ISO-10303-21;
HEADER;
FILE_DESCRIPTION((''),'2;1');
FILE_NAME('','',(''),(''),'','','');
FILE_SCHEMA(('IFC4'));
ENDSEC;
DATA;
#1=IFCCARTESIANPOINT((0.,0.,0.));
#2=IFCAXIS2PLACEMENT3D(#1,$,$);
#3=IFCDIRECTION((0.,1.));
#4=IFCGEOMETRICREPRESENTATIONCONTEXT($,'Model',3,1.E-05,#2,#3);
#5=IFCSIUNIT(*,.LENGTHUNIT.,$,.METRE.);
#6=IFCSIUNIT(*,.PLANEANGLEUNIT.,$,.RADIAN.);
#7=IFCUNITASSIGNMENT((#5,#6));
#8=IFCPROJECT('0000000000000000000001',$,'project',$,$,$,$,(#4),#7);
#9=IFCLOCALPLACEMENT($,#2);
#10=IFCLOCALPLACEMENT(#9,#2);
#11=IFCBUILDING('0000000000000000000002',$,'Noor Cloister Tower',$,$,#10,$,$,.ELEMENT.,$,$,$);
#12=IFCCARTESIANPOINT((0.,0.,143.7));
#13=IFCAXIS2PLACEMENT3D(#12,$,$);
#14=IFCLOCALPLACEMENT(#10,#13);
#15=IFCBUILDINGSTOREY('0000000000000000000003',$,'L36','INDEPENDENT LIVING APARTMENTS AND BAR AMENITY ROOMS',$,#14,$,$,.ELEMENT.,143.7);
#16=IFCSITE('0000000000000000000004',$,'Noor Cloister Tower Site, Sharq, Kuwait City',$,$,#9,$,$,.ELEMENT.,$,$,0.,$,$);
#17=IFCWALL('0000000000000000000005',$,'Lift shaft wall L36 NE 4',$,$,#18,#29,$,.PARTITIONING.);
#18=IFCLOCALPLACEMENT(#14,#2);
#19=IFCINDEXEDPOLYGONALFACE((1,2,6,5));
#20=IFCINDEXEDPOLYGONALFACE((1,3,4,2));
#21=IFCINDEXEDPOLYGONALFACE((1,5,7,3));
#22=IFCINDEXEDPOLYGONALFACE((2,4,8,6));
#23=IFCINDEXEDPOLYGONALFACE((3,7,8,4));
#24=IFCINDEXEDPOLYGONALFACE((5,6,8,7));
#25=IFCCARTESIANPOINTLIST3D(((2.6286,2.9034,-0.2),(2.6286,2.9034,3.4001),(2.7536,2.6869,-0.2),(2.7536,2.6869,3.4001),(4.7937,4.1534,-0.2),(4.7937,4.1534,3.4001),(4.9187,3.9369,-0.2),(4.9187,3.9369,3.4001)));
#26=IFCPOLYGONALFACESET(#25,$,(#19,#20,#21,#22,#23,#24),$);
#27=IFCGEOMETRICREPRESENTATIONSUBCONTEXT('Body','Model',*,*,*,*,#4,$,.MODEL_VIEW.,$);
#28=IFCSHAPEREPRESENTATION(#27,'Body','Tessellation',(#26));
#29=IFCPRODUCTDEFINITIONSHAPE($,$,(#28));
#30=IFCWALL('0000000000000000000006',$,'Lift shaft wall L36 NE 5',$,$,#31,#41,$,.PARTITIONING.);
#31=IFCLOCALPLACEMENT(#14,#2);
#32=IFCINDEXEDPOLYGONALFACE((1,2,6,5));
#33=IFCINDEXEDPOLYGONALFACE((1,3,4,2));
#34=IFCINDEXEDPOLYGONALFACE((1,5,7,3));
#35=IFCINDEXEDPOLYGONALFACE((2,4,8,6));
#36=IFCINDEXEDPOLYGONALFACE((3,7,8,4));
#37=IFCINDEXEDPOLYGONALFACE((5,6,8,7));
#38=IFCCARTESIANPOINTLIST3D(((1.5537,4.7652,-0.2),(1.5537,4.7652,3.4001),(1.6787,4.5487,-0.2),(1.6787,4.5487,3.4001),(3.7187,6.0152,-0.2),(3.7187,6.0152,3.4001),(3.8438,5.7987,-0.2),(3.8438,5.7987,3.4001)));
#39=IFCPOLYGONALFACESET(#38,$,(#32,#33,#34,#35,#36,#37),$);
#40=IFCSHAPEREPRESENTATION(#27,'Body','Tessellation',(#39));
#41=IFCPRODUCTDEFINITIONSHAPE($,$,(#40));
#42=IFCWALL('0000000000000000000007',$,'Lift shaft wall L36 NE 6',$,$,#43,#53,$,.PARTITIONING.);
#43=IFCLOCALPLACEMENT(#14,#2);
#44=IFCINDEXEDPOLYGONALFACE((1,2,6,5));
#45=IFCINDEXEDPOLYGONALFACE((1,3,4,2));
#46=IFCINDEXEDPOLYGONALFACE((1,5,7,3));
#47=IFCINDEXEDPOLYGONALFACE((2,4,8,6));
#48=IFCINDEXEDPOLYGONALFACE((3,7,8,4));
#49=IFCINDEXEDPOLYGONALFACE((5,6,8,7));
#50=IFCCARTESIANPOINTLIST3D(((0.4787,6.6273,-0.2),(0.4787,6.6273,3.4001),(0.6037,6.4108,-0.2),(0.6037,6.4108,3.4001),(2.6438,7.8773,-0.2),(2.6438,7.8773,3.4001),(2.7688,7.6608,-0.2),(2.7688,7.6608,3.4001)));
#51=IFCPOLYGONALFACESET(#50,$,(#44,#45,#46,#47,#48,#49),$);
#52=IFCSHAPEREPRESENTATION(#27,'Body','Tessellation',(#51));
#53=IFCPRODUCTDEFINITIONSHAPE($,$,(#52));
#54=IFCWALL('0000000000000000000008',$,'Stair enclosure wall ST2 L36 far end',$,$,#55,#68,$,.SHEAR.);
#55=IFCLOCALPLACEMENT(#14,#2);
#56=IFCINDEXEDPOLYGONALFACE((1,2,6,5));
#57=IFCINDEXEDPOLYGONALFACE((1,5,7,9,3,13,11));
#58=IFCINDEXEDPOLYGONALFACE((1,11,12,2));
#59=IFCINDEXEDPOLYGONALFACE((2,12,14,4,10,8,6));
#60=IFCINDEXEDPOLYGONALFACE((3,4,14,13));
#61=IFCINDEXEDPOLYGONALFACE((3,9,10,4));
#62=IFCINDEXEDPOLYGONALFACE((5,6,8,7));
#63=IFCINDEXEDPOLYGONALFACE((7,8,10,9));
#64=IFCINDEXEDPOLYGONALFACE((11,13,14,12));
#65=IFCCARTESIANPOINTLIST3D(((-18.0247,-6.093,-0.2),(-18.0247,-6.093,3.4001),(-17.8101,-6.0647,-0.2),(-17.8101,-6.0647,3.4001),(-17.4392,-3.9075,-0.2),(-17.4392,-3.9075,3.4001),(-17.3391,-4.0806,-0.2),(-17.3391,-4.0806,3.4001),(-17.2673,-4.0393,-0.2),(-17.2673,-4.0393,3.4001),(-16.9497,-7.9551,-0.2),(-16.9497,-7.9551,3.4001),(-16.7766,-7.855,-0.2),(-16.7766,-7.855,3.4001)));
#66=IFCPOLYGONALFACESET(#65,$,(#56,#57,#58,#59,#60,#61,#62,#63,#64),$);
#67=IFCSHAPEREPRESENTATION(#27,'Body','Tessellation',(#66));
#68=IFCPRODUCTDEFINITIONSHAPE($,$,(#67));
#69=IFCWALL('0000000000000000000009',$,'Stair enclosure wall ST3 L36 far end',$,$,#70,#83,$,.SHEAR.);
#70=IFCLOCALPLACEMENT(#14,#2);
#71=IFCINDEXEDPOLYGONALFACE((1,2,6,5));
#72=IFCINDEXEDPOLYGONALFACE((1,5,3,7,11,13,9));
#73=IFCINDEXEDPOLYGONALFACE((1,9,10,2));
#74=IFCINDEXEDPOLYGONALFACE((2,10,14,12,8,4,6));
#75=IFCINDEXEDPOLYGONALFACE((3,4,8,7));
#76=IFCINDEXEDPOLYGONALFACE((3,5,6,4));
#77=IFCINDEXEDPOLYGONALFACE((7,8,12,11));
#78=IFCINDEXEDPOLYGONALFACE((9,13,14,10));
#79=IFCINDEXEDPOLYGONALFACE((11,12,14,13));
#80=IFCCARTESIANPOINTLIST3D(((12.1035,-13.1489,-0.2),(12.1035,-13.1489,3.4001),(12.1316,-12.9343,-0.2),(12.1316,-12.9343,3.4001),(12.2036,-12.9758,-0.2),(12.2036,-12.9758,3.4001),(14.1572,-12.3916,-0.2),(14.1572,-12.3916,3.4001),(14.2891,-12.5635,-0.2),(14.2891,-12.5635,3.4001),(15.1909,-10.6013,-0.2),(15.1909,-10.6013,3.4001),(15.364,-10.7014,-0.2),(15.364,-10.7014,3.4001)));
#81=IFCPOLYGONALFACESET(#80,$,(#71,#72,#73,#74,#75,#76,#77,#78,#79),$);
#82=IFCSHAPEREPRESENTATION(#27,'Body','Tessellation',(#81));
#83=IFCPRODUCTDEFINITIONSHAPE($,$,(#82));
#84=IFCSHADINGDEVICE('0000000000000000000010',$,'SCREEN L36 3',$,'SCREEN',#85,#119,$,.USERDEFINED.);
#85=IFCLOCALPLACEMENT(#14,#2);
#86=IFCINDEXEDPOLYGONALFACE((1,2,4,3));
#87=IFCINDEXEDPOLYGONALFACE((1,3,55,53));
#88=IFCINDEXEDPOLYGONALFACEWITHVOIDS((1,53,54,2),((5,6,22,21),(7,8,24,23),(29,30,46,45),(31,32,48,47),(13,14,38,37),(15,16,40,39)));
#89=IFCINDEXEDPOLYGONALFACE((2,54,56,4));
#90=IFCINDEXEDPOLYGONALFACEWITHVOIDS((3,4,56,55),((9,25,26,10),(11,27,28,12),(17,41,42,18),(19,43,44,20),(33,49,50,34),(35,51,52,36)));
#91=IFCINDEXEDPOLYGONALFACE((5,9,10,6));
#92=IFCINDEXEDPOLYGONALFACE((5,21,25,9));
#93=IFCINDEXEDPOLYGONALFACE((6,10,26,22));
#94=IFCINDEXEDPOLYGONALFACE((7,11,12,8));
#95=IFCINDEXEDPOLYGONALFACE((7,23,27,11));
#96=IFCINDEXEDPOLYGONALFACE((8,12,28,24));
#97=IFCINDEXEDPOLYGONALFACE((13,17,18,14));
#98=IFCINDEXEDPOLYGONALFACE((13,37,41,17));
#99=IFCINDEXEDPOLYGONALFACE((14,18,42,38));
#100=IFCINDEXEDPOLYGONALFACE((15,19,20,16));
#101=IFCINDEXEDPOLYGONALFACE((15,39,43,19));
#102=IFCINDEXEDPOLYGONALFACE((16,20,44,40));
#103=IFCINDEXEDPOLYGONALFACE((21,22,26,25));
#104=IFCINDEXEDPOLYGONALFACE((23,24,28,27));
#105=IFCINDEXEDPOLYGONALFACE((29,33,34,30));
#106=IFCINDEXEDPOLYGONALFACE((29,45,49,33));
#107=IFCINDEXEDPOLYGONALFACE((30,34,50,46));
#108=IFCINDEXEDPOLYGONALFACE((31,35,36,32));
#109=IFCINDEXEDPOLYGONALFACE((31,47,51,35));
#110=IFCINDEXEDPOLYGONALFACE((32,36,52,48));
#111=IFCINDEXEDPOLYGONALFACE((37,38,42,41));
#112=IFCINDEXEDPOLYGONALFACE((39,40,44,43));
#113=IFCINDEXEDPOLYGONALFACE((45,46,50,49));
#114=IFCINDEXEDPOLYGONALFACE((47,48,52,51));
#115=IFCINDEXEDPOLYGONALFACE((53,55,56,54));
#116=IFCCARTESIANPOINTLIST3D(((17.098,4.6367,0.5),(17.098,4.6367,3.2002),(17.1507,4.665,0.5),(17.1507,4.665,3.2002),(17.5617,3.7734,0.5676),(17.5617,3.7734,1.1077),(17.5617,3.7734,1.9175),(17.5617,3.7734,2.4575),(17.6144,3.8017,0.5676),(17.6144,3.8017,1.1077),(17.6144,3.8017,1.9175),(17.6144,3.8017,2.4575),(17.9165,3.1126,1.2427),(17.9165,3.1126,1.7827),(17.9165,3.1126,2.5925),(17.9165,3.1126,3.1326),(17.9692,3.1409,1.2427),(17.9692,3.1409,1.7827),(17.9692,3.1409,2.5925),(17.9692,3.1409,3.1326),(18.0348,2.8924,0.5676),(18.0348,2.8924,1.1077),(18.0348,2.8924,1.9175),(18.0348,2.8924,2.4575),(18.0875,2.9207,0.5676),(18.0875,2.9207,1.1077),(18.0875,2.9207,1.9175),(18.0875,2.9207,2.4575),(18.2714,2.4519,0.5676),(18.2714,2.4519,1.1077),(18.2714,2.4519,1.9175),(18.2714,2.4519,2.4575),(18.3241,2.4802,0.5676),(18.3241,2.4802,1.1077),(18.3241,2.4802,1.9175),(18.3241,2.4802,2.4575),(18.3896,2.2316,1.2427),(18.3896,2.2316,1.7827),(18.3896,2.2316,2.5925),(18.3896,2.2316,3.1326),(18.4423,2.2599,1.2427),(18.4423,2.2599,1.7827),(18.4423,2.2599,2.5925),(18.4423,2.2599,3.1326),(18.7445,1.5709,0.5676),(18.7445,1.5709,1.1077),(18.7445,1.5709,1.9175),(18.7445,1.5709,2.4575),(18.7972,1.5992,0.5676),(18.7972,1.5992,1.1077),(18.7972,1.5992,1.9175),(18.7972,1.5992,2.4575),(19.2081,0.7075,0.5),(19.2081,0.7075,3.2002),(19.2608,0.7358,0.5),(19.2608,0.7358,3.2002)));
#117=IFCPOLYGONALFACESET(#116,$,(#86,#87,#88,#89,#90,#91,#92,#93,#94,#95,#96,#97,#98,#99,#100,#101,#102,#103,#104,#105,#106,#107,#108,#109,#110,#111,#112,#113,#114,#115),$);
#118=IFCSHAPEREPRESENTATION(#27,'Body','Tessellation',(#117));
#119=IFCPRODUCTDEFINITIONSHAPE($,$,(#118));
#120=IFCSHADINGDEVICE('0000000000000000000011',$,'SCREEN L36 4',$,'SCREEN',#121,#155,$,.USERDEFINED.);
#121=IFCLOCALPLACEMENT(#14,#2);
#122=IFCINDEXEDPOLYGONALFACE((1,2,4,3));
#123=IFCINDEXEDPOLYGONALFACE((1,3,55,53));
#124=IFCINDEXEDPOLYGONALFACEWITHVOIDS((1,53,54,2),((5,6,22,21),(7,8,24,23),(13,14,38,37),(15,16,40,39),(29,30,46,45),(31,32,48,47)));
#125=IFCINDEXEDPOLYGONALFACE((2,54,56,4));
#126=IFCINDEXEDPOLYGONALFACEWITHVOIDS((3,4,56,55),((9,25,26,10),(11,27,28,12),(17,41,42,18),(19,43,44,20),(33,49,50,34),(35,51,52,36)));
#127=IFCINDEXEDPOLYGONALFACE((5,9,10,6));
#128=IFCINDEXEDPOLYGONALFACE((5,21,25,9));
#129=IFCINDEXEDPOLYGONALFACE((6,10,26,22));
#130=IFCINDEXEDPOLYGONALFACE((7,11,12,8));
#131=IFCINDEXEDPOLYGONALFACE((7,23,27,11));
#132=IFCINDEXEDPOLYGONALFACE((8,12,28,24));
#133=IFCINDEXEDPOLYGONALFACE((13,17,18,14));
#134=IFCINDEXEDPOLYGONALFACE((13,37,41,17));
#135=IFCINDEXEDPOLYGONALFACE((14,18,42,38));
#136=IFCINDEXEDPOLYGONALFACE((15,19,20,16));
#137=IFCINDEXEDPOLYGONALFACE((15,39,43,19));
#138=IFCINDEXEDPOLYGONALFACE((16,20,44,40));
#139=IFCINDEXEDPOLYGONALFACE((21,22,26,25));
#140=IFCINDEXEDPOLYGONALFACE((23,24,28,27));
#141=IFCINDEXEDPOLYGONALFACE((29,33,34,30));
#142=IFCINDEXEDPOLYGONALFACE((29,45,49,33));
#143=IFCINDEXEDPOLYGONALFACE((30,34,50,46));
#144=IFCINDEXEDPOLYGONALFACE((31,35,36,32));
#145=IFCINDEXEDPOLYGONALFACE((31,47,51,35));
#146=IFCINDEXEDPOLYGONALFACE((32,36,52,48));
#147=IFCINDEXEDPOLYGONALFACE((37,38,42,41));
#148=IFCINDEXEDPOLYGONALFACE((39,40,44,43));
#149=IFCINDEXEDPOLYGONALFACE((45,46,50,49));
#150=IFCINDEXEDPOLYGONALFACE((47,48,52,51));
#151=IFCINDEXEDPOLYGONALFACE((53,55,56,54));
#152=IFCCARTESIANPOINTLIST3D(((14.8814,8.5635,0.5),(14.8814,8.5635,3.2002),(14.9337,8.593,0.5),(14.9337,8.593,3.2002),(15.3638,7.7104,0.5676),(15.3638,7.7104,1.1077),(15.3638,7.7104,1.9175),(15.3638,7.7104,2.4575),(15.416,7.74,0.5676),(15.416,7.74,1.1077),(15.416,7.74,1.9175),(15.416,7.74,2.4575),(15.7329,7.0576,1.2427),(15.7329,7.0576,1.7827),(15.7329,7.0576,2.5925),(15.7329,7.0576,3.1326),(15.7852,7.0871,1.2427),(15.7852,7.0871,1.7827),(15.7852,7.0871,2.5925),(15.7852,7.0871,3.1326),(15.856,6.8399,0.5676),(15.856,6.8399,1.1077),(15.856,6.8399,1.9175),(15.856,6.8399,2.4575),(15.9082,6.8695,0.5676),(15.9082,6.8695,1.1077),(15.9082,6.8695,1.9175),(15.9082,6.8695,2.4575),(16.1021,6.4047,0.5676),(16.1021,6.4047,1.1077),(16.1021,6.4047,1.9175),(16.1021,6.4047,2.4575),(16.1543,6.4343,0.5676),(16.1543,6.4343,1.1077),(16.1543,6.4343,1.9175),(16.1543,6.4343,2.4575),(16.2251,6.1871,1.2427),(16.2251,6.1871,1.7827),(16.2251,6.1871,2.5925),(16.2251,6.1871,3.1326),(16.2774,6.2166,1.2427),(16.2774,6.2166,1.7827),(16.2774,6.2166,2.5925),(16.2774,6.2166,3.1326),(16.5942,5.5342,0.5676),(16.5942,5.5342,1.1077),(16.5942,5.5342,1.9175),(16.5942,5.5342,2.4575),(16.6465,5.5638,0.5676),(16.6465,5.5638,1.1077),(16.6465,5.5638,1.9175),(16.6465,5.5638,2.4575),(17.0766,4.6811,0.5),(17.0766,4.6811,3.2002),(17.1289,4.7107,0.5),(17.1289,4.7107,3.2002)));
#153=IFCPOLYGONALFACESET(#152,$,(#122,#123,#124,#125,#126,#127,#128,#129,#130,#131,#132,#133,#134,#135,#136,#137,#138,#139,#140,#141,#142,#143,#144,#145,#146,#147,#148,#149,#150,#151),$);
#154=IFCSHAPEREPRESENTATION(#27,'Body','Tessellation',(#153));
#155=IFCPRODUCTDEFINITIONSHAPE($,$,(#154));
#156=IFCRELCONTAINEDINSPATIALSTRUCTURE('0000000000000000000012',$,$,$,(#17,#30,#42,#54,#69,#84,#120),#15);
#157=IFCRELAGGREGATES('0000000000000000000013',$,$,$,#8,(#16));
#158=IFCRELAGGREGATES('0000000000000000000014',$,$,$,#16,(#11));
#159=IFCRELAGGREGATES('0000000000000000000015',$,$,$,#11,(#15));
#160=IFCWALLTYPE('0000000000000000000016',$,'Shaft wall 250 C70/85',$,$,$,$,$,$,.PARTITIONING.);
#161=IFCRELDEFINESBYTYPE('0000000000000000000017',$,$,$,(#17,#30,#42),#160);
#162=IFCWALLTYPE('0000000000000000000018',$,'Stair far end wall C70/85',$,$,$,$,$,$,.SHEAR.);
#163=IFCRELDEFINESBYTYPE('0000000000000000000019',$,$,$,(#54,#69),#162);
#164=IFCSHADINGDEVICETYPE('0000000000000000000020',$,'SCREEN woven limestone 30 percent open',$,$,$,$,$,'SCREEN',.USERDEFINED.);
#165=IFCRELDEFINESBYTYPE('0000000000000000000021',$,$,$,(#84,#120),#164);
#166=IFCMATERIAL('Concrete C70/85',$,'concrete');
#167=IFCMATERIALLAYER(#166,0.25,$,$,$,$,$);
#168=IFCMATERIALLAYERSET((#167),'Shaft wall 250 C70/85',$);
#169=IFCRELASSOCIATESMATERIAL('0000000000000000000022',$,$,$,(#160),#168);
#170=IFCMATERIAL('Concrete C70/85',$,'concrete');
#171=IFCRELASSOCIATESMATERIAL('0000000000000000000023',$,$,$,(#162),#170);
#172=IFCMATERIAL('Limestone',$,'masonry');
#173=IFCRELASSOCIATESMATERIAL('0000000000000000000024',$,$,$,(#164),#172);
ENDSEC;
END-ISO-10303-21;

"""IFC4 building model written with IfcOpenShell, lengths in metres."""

from ifc_helpers import new_model, si_unit, direction, frame, frame_2d, origin, place, context, subcontext, project, spatial, polyline, rectangle, outline, extrude, material, layer, layer_set, material_profile, profile_set, type_object, element, save


model = new_model("IFC4")

# Units and contexts
model_context = context("Model", 3, precision=1e-05, world=origin(), true_north=direction((0.0, 1.0)))
body_context = subcontext(model_context, "Body", "Model", "MODEL_VIEW")
ifc_project = project(units=[si_unit("LENGTHUNIT", "METRE"), si_unit("PLANEANGLEUNIT", "RADIAN")], contexts=[model_context])

# Site, building, storey
site_placement = place(None, origin())
site = spatial("IfcSite", under=ifc_project, at=site_placement, Name="Noor Cloister Tower Site, Sharq, Kuwait City", CompositionType="ELEMENT", RefElevation=0.0)
building_placement = place(site_placement, origin())
building = spatial("IfcBuilding", under=site, at=building_placement, Name="Noor Cloister Tower", CompositionType="ELEMENT")
storey_placement = place(building_placement, frame((0.0, 0.0, 143.7)))
storey = spatial("IfcBuildingStorey", under=building, at=storey_placement, Name="L36", Description="INDEPENDENT LIVING APARTMENTS AND BAR AMENITY ROOMS", CompositionType="ELEMENT", Elevation=143.7)

# Walls
ifc_material_1 = material(Name="Concrete C70/85", Category="concrete")
ifc_layer_1 = layer(ifc_material_1, 0.25)
ifc_layer_set_1 = layer_set([ifc_layer_1], Name="Shaft wall 250 C70/85")
wall_type_1 = type_object("IfcWallType", Name="Shaft wall 250 C70/85", PredefinedType="PARTITIONING", material=ifc_layer_set_1)
for number, where, z_axis, x_axis, name in (
    (1, (4.8562, 4.0452, -0.2), (0.0, 0.0, 1.0), (-0.866023, -0.500004, 0.0), "Lift shaft wall L36 NE 4"),
    (2, (3.7812, 5.907, -0.2), (0.0, 0.0, 1.0), (-0.866023, -0.500004, 0.0), "Lift shaft wall L36 NE 5"),
    (3, (2.7063, 7.769, -0.2), (0.0, 0.0, 1.0), (-0.866023, -0.500004, 0.0), "Lift shaft wall L36 NE 6"),
):
    element("IfcWall", number, at=place(storey_placement, frame(where, z_axis=z_axis, x_axis=x_axis)), inside=storey, type_object=wall_type_1, Name=name, PredefinedType="PARTITIONING", context=body_context, shape_type="SweptSolid", body=[
        extrude(rectangle(XDim=2.5, YDim=0.25, at=frame_2d((1.25, 0.0))), origin(), (0.0, 0.0, 1.0), 3.6001),
    ])
ifc_material_2 = material(Name="Concrete C70/85", Category="concrete")
wall_type_2 = type_object("IfcWallType", Name="Stair far end wall C70/85", PredefinedType="SHEAR", material=ifc_material_2)
wall_1_placement = place(storey_placement, frame((0.0, 0.0, -0.2)))
element("IfcWall", 4, at=wall_1_placement, inside=storey, type_object=wall_type_2, Name="Stair enclosure wall ST2 L36 far end", PredefinedType="SHEAR", context=body_context, shape_type="SweptSolid", body=[
    extrude(outline(polyline([(-17.4392, -3.9075), (-18.0247, -6.093), (-16.9497, -7.9551), (-16.7766, -7.855), (-17.8101, -6.0647), (-17.2673, -4.0393), (-17.3391, -4.0806), (-17.3391, -4.0806), (-17.3391, -4.0806), (-17.3391, -4.0806), (-17.3391, -4.0806), (-17.3391, -4.0806), (-17.3391, -4.0806), (-17.3391, -4.0806), (-17.3391, -4.0806), (-17.3391, -4.0806), (-17.3391, -4.0806), (-17.3391, -4.0806), (-17.3391, -4.0806), (-17.3391, -4.0806), (-17.3391, -4.0806), (-17.3391, -4.0806), (-17.3391, -4.0806), (-17.4392, -3.9075)])), origin(), (0.0, 0.0, 1.0), 3.6001),
])
wall_2_placement = place(storey_placement, frame((0.0, 0.0, -0.2)))
element("IfcWall", 5, at=wall_2_placement, inside=storey, type_object=wall_type_2, Name="Stair enclosure wall ST3 L36 far end", PredefinedType="SHEAR", context=body_context, shape_type="SweptSolid", body=[
    extrude(outline(polyline([(12.1035, -13.1489), (14.2891, -12.5635), (15.364, -10.7014), (15.1909, -10.6013), (14.1572, -12.3916), (12.1316, -12.9343), (12.2036, -12.9758), (12.2036, -12.9758), (12.2036, -12.9758), (12.2036, -12.9758), (12.2036, -12.9758), (12.2036, -12.9758), (12.2036, -12.9758), (12.2036, -12.9758), (12.2036, -12.9758), (12.2036, -12.9758), (12.2036, -12.9758), (12.2036, -12.9758), (12.2036, -12.9758), (12.2036, -12.9758), (12.2036, -12.9758), (12.2036, -12.9758), (12.2036, -12.9758), (12.1035, -13.1489)])), origin(), (0.0, 0.0, 1.0), 3.6001),
])

# Shading devices
ifc_material_3 = material(Name="Limestone", Category="masonry")
ifc_material_profile_1 = material_profile(ifc_material_3, outline(polyline([(-2.23, -1.3501), (2.23, -1.3501), (2.23, 1.3501), (-2.23, 1.3501), (-2.23, -1.3501)]), holes=[polyline([(-1.25, -1.2825), (-0.25, -1.2825), (-0.25, -0.7424), (-1.25, -0.7424), (-1.25, -1.2825)]), polyline([(0.25, -1.2825), (1.25, -1.2825), (1.25, -0.7424), (0.25, -0.7424), (0.25, -1.2825)]), polyline([(-0.5, -0.6074), (0.5, -0.6074), (0.5, -0.0674), (-0.5, -0.0674), (-0.5, -0.6074)]), polyline([(-1.25, 0.0674), (-0.25, 0.0674), (-0.25, 0.6074), (-1.25, 0.6074), (-1.25, 0.0674)]), polyline([(0.25, 0.0674), (1.25, 0.0674), (1.25, 0.6074), (0.25, 0.6074), (0.25, 0.0674)]), polyline([(-0.5, 0.7424), (0.5, 0.7424), (0.5, 1.2825), (-0.5, 1.2825), (-0.5, 0.7424)])]), Name="Woven screen 30 percent open")
ifc_profile_set_1 = profile_set([ifc_material_profile_1], Name="Limestone")
shading_device_type = type_object("IfcShadingDeviceType", Name="SCREEN woven limestone 30 percent open", ElementType="SCREEN", PredefinedType="USERDEFINED", material=ifc_profile_set_1)
shading_device_1_placement = place(storey_placement, frame((18.1531, 2.6721, 1.8501), z_axis=(0.880994, 0.473127, 0.0), x_axis=(-0.473127, 0.880994, 0.0)))
element("IfcShadingDevice", 6, at=shading_device_1_placement, inside=storey, type_object=shading_device_type, Name="SCREEN L36 3", ObjectType="SCREEN", PredefinedType="USERDEFINED", context=body_context, shape_type="SweptSolid", body=[
    extrude(outline(polyline([(-2.23, -1.3501), (2.23, -1.3501), (2.23, 1.3501), (-2.23, 1.3501), (-2.23, -1.3501)]), holes=[polyline([(-1.25, -1.2825), (-0.25, -1.2825), (-0.25, -0.7424), (-1.25, -0.7424), (-1.25, -1.2825)]), polyline([(0.25, -1.2825), (1.25, -1.2825), (1.25, -0.7424), (0.25, -0.7424), (0.25, -1.2825)]), polyline([(-0.5, -0.6074), (0.5, -0.6074), (0.5, -0.0674), (-0.5, -0.0674), (-0.5, -0.6074)]), polyline([(-1.25, 0.0674), (-0.25, 0.0674), (-0.25, 0.6074), (-1.25, 0.6074), (-1.25, 0.0674)]), polyline([(0.25, 0.0674), (1.25, 0.0674), (1.25, 0.6074), (0.25, 0.6074), (0.25, 0.0674)]), polyline([(-0.5, 0.7424), (0.5, 0.7424), (0.5, 1.2825), (-0.5, 1.2825), (-0.5, 0.7424)])]), origin(), (0.0, 0.0, 1.0), 0.0598),
])
shading_device_2_placement = place(storey_placement, frame((15.979, 6.6223, 1.8501), z_axis=(0.870487, 0.492191, 0.0), x_axis=(-0.492191, 0.870487, 0.0)))
element("IfcShadingDevice", 7, at=shading_device_2_placement, inside=storey, type_object=shading_device_type, Name="SCREEN L36 4", ObjectType="SCREEN", PredefinedType="USERDEFINED", context=body_context, shape_type="SweptSolid", body=[
    extrude(outline(polyline([(-2.23, -1.3501), (2.23, -1.3501), (2.23, 1.3501), (-2.23, 1.3501), (-2.23, -1.3501)]), holes=[polyline([(-1.25, -1.2825), (-0.25, -1.2825), (-0.25, -0.7424), (-1.25, -0.7424), (-1.25, -1.2825)]), polyline([(0.25, -1.2825), (1.25, -1.2825), (1.25, -0.7424), (0.25, -0.7424), (0.25, -1.2825)]), polyline([(-0.5, -0.6074), (0.5, -0.6074), (0.5, -0.0674), (-0.5, -0.0674), (-0.5, -0.6074)]), polyline([(-1.25, 0.0674), (-0.25, 0.0674), (-0.25, 0.6074), (-1.25, 0.6074), (-1.25, 0.0674)]), polyline([(0.25, 0.0674), (1.25, 0.0674), (1.25, 0.6074), (0.25, 0.6074), (0.25, 0.0674)]), polyline([(-0.5, 0.7424), (0.5, 0.7424), (0.5, 1.2825), (-0.5, 1.2825), (-0.5, 0.7424)])]), origin(), (0.0, 0.0, 1.0), 0.0601),
])

save(model, "model.ifc")
